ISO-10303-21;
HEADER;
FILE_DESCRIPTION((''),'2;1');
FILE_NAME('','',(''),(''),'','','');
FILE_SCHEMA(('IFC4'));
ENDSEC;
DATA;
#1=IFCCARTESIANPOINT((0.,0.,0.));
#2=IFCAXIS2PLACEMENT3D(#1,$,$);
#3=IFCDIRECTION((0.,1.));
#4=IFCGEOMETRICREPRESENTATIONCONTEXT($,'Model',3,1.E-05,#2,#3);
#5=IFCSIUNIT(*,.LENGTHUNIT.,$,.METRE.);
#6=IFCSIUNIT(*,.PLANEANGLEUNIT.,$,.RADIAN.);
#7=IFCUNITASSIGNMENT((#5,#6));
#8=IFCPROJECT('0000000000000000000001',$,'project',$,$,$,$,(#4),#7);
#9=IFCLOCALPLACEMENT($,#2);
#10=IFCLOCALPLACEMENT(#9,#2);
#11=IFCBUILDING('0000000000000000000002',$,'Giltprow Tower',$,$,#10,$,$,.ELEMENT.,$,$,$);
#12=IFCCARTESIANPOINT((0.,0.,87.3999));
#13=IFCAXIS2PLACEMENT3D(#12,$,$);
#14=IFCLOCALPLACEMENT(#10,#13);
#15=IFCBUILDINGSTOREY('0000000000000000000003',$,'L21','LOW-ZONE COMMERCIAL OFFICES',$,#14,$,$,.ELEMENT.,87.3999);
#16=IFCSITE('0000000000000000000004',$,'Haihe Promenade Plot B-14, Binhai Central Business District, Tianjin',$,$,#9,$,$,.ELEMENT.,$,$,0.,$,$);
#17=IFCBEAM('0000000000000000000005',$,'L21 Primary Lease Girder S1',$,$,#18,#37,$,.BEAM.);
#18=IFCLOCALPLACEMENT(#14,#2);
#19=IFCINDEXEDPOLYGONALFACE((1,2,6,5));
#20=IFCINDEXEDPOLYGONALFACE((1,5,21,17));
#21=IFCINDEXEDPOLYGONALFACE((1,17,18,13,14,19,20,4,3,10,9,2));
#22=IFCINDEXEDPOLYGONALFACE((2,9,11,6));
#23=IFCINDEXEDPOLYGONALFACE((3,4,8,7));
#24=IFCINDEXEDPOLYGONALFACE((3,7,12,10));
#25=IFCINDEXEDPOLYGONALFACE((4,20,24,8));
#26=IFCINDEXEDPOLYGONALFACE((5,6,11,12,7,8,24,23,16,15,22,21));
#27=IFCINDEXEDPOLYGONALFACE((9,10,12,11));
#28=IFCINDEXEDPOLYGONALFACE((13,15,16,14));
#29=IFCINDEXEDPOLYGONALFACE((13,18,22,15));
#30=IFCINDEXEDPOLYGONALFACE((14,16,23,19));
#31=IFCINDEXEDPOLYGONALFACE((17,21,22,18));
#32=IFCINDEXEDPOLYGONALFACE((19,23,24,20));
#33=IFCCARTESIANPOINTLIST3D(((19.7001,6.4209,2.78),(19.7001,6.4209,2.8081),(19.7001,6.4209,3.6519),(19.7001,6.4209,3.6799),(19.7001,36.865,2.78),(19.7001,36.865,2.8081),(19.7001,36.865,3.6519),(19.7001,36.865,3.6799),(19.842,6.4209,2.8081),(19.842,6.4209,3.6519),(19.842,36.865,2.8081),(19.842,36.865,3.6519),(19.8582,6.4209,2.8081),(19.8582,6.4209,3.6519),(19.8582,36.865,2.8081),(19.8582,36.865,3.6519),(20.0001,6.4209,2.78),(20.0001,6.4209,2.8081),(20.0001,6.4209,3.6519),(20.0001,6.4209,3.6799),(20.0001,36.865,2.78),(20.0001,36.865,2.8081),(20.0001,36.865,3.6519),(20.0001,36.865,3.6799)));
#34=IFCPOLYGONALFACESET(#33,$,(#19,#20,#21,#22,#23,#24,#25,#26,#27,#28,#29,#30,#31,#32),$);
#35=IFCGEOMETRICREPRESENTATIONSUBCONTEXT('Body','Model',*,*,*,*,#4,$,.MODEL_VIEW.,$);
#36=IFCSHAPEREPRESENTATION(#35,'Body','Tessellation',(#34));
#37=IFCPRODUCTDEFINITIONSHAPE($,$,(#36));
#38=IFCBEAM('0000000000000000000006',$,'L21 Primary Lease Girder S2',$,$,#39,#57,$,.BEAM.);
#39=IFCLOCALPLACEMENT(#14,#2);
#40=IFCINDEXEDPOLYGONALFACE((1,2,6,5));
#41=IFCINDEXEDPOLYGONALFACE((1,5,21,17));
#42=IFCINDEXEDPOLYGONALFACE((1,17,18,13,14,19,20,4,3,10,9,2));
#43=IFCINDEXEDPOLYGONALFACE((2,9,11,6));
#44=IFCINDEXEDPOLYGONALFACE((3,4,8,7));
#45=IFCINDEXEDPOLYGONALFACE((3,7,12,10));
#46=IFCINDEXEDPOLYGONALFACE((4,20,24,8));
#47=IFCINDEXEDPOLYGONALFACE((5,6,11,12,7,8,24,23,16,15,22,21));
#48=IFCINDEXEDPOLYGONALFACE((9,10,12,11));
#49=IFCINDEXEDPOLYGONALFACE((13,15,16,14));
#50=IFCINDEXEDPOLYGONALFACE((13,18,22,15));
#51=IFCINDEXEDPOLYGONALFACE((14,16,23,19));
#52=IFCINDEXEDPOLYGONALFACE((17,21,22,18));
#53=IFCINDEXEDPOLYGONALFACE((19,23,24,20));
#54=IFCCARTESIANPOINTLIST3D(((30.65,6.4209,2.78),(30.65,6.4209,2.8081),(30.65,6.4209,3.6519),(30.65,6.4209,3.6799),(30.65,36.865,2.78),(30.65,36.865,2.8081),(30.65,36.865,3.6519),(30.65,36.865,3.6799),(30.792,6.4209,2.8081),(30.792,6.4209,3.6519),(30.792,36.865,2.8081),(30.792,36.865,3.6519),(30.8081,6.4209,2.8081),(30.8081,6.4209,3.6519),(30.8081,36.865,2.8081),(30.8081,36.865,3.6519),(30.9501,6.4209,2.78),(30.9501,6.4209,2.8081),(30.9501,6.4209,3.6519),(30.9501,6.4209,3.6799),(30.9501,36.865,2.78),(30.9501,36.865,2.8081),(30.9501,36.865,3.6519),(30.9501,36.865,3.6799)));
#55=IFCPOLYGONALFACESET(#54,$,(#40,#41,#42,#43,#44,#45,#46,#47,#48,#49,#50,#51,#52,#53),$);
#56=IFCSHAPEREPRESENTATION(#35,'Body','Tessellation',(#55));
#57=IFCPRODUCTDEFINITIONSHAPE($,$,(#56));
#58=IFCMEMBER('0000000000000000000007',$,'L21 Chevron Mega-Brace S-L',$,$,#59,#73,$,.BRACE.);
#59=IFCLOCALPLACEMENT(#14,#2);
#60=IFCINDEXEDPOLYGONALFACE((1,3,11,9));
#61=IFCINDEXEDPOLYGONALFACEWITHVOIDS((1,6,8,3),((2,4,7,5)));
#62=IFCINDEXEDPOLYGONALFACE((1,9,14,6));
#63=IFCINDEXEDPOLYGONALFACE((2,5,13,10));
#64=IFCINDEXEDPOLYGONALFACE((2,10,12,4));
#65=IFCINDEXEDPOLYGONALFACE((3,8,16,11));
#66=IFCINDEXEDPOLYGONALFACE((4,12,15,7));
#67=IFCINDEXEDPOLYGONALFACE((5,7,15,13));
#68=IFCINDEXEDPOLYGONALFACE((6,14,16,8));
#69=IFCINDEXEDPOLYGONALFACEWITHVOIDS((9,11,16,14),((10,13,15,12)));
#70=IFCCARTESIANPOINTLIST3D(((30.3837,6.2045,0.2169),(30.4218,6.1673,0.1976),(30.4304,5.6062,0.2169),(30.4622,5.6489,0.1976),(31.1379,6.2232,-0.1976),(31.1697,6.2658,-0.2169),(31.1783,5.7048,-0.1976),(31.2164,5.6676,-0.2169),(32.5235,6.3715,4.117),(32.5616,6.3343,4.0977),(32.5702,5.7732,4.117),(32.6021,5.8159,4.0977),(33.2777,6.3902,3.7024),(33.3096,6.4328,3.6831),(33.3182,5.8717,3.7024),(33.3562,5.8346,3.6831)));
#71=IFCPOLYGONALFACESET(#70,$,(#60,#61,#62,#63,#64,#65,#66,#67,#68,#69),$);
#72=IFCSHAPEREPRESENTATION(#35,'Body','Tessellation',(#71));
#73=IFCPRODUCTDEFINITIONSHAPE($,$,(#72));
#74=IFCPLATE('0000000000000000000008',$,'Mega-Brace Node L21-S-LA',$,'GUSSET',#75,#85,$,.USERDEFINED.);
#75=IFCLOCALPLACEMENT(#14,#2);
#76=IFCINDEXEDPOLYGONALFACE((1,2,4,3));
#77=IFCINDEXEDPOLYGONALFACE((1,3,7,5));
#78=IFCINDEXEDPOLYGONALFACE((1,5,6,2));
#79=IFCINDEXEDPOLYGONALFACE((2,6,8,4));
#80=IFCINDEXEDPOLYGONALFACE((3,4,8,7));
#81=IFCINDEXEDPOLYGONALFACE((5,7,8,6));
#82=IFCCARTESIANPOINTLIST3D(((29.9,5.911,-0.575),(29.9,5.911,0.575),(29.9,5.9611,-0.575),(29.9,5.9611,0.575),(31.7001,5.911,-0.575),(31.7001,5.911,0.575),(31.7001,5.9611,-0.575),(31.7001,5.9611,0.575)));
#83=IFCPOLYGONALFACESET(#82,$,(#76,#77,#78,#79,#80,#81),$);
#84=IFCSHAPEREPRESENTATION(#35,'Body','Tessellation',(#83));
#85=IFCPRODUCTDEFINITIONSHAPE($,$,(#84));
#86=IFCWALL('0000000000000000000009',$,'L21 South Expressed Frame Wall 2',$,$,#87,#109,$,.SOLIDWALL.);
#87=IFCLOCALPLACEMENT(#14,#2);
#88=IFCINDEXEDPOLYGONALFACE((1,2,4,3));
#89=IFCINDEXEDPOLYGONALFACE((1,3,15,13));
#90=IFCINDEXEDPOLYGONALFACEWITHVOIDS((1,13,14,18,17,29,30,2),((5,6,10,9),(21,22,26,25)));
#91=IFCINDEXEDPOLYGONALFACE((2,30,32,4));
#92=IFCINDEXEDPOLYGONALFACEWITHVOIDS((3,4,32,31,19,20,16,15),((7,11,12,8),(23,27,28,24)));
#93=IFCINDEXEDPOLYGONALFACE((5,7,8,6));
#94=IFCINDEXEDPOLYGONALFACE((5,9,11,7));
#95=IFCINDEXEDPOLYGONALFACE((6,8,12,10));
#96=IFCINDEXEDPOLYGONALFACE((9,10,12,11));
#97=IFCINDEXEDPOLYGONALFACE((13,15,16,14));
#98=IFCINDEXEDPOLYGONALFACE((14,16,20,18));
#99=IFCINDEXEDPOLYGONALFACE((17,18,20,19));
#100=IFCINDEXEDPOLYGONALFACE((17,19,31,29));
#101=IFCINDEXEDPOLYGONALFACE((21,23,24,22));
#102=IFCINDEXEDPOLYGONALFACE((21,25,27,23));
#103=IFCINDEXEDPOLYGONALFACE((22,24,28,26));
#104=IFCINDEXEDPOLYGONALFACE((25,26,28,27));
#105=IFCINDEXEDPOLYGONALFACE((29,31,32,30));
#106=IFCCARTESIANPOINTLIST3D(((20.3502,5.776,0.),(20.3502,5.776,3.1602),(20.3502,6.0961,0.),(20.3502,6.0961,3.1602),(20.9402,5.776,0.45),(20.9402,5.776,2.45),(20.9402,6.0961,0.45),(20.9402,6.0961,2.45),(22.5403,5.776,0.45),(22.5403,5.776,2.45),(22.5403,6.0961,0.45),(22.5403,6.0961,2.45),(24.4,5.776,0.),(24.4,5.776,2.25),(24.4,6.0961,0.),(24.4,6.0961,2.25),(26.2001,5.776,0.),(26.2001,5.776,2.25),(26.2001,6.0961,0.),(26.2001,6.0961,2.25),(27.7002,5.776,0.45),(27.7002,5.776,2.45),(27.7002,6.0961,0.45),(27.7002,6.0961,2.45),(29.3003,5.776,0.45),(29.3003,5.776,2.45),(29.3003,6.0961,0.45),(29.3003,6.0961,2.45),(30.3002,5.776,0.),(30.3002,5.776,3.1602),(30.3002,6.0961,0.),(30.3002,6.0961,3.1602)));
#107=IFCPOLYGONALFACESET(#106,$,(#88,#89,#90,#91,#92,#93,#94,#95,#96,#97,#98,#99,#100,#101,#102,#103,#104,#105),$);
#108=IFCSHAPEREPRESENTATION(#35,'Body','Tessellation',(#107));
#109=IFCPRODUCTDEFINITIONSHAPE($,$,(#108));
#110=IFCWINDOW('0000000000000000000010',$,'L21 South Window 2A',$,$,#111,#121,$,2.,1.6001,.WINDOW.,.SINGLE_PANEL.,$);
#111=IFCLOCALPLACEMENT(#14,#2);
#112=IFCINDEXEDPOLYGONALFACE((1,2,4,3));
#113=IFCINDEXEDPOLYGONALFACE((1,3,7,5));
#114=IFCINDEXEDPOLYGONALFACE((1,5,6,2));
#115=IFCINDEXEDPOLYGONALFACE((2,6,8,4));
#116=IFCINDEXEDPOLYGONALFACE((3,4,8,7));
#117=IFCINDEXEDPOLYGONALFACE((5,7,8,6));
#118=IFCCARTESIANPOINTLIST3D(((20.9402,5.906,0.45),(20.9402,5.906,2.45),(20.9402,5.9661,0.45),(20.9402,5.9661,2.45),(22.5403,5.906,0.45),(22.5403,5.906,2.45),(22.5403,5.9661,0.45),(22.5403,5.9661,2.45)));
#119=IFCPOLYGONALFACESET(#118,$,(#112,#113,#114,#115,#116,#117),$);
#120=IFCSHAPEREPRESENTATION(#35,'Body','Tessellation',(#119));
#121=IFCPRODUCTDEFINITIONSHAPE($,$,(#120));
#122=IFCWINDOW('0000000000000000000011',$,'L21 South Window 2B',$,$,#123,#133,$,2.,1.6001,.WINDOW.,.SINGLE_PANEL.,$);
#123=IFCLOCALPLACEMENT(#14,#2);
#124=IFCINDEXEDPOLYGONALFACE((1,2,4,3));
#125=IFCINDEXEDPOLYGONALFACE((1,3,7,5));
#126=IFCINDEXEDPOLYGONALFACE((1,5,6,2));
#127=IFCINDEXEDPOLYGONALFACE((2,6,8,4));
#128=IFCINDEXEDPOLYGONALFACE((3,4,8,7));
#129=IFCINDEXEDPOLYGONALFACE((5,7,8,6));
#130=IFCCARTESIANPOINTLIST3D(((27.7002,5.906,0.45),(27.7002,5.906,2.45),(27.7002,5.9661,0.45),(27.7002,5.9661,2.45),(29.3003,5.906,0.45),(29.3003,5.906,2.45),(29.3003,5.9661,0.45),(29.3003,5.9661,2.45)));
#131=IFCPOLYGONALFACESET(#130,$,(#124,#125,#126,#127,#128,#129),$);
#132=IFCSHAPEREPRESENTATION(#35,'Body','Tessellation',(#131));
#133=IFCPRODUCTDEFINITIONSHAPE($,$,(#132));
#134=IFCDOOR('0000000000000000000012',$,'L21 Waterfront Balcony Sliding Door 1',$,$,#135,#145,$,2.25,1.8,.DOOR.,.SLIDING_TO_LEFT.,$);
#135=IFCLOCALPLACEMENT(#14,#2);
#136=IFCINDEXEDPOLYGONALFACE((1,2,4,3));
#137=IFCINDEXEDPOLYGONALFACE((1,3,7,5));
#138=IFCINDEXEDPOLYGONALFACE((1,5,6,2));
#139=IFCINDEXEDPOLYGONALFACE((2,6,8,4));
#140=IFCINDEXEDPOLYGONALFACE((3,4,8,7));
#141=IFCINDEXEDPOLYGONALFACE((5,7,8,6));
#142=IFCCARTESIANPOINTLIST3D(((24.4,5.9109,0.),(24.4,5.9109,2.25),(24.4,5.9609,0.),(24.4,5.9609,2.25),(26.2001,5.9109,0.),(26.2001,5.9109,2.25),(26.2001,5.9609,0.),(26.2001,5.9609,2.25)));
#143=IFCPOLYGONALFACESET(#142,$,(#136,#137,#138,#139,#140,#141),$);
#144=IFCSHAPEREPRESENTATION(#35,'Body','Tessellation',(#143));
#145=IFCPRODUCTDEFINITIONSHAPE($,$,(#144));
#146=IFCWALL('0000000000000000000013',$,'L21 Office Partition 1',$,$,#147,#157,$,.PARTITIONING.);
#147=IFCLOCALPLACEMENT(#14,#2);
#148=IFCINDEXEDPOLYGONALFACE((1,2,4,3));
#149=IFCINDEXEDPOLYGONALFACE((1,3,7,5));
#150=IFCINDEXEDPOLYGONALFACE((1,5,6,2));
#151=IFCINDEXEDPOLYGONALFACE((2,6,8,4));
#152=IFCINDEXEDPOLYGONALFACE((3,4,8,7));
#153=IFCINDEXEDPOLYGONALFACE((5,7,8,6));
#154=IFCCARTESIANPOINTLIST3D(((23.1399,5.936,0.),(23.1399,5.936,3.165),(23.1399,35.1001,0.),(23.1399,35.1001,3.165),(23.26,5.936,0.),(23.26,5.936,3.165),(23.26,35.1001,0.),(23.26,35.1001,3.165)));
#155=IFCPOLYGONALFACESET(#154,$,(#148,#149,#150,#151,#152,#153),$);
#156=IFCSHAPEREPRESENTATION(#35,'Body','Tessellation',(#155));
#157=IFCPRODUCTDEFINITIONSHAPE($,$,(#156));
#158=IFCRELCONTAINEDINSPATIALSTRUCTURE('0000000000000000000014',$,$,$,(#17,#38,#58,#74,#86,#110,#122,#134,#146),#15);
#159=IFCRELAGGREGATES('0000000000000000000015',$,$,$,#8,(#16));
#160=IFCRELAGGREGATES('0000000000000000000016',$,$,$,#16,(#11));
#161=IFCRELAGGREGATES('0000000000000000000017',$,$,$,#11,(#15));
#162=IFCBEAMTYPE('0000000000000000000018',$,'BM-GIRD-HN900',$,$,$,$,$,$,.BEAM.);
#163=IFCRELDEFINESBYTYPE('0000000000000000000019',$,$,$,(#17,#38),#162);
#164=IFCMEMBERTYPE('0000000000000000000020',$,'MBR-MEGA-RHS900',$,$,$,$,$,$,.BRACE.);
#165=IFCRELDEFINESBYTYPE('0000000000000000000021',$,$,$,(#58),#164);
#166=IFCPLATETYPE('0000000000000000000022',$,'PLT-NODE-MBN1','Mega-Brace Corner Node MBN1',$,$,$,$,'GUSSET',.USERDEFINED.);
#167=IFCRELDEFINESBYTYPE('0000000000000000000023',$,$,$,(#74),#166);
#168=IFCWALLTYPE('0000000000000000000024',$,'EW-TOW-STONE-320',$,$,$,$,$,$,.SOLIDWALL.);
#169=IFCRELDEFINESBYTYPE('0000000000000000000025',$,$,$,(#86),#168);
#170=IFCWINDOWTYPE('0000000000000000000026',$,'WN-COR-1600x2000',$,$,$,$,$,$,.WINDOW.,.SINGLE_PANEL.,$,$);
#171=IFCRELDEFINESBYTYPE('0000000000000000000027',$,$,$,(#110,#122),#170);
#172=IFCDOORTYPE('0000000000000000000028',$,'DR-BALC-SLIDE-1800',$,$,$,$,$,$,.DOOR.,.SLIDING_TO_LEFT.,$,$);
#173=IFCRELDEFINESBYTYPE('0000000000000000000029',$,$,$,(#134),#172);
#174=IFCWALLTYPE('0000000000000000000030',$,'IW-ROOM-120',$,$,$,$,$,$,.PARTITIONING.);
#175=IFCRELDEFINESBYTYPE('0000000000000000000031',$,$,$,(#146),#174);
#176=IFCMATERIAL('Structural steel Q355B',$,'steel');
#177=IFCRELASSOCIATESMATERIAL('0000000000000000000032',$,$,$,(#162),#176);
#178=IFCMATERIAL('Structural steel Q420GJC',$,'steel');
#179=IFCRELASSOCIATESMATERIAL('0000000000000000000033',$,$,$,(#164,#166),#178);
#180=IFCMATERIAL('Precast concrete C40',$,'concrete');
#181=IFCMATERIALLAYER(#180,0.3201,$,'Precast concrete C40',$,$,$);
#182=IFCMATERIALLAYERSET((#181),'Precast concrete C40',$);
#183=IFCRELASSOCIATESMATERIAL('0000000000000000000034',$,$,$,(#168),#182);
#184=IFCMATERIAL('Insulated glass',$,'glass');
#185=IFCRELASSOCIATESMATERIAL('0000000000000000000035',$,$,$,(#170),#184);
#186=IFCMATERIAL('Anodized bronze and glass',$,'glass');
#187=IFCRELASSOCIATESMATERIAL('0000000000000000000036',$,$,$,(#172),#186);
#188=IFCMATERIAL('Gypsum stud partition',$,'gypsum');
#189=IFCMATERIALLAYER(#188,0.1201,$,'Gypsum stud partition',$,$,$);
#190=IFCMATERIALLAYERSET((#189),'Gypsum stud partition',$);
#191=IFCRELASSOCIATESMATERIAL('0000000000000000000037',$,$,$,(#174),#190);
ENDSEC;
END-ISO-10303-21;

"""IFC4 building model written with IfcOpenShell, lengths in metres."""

from ifc_helpers import new_model, si_unit, direction, frame, frame_2d, origin, origin_2d, place, context, subcontext, project, spatial, rectangle, hollow_rectangle, i_section, extrude, source, transform, mapped, material, layer, layer_set, material_profile, profile_set, type_object, element, fill, save


model = new_model("IFC4")

# Units and contexts
model_context = context("Model", 3, precision=1e-05, world=origin(), true_north=direction((0.0, 1.0)))
body_context = subcontext(model_context, "Body", "Model", "MODEL_VIEW")
ifc_project = project(units=[si_unit("LENGTHUNIT", "METRE"), si_unit("PLANEANGLEUNIT", "RADIAN")], contexts=[model_context])

# Site, building, storey
site_placement = place(None, origin())
site = spatial("IfcSite", under=ifc_project, at=site_placement, Name="Haihe Promenade Plot B-14, Binhai Central Business District, Tianjin", CompositionType="ELEMENT", RefElevation=0.0)
building_placement = place(site_placement, origin())
building = spatial("IfcBuilding", under=site, at=building_placement, Name="Giltprow Tower", CompositionType="ELEMENT")
storey_placement = place(building_placement, frame((0.0, 0.0, 87.3999)))
storey = spatial("IfcBuildingStorey", under=building, at=storey_placement, Name="L21", Description="LOW-ZONE COMMERCIAL OFFICES", CompositionType="ELEMENT", Elevation=87.3999)

# Shared definitions
ifc_material_1 = material(Name="Structural steel Q420GJC", Category="steel")

# Beams
ifc_material_2 = material(Name="Structural steel Q355B", Category="steel")
ifc_material_profile_1 = material_profile(ifc_material_2, i_section(OverallWidth=0.3, OverallDepth=0.8999, WebThickness=0.0161, FlangeThickness=0.0281, at=origin_2d()), Name="HN 900x300x16x28")
ifc_profile_set_1 = profile_set([ifc_material_profile_1], Name="Structural steel Q355B")
beam_type_1 = type_object("IfcBeamType", Name="BM-GIRD-HN900", PredefinedType="BEAM", material=ifc_profile_set_1)
shared_shape_1 = source(origin(), body_context, "Body", "SweptSolid", [
    extrude(i_section(OverallWidth=0.3, OverallDepth=0.8999, WebThickness=0.0161, FlangeThickness=0.0281, at=origin_2d()), origin(), (0.0, 0.0, 1.0), 30.4441),
])
for number, where, z_axis, x_axis, name in (
    (1, (19.8501, 6.4209, 3.23), (0.0, 1.0, 0.0), (-1.0, 0.0, 0.0), "L21 Primary Lease Girder S1"),
    (2, (30.8, 6.4209, 3.23), (0.0, 1.0, 0.0), (-1.0, 0.0, 0.0), "L21 Primary Lease Girder S2"),
):
    element("IfcBeam", number, at=place(storey_placement, frame(where, z_axis=z_axis, x_axis=x_axis)), inside=storey, type_object=beam_type_1, Name=name, PredefinedType="BEAM", context=body_context, shape_type="MappedRepresentation", body=[
        mapped(shared_shape_1, transform((0.0, 0.0, 0.0), x_axis=(1.0, 0.0, 0.0), y_axis=(0.0, 1.0, 0.0), z_axis=(0.0, 0.0, 1.0), scale=1.0)),
    ])

# Member
ifc_material_profile_2 = material_profile(ifc_material_1, hollow_rectangle(XDim=0.6001, YDim=0.8999, WallThickness=0.04, at=origin_2d()), Name="RHS 900x600x40")
ifc_profile_set_2 = profile_set([ifc_material_profile_2], Name="Structural steel Q420GJC")
member_type = type_object("IfcMemberType", Name="MBR-MEGA-RHS900", PredefinedType="BRACE", material=ifc_profile_set_2)
shared_shape_2 = source(origin(), body_context, "Body", "SweptSolid", [
    extrude(hollow_rectangle(XDim=0.6001, YDim=0.8999, WallThickness=0.04, at=origin_2d()), origin(), (0.0, 0.0, 1.0), 4.4517),
])
member_placement = place(storey_placement, frame((30.8, 5.936, 0.0), z_axis=(0.480685, 0.037511, 0.876091), x_axis=(-0.077801, 0.996969, 0.0)))
element("IfcMember", 3, at=member_placement, inside=storey, type_object=member_type, Name="L21 Chevron Mega-Brace S-L", PredefinedType="BRACE", context=body_context, shape_type="MappedRepresentation", body=[
    mapped(shared_shape_2, transform((0.0, 0.0, 0.0), x_axis=(1.0, 0.0, 0.0), y_axis=(0.0, 1.0, 0.0), z_axis=(0.0, 0.0, 1.0), scale=1.0)),
])

# Plate
plate_type = type_object("IfcPlateType", Name="PLT-NODE-MBN1", Description="Mega-Brace Corner Node MBN1", ElementType="GUSSET", PredefinedType="USERDEFINED", material=ifc_material_1)
shared_shape_3 = source(origin(), body_context, "Body", "SweptSolid", [
    extrude(rectangle(XDim=1.8, YDim=0.05, at=origin_2d()), origin(), (0.0, 0.0, 1.0), 1.1499),
])
plate_placement = place(storey_placement, frame((30.8, 5.936, -0.575), z_axis=(0.0, 0.0, 1.0), x_axis=(1.0, 0.0, 0.0)))
element("IfcPlate", 4, at=plate_placement, inside=storey, type_object=plate_type, Name="Mega-Brace Node L21-S-LA", ObjectType="GUSSET", PredefinedType="USERDEFINED", context=body_context, shape_type="MappedRepresentation", body=[
    mapped(shared_shape_3, transform((0.0, 0.0, 0.0), x_axis=(1.0, 0.0, 0.0), y_axis=(0.0, 1.0, 0.0), z_axis=(0.0, 0.0, 1.0), scale=1.0)),
])

# Wall, openings, windows, door
ifc_material_3 = material(Name="Precast concrete C40", Category="concrete")
ifc_layer_1 = layer(ifc_material_3, 0.3201, Name="Precast concrete C40")
ifc_layer_set_1 = layer_set([ifc_layer_1], Name="Precast concrete C40")
wall_type_1 = type_object("IfcWallType", Name="EW-TOW-STONE-320", PredefinedType="SOLIDWALL", material=ifc_layer_set_1)
wall_1_placement = place(storey_placement, frame((20.3501, 5.936, 0.0), z_axis=(0.0, 0.0, 1.0), x_axis=(1.0, 0.0, 0.0)))
wall_1 = element("IfcWall", 5, at=wall_1_placement, inside=storey, type_object=wall_type_1, Name="L21 South Expressed Frame Wall 2", PredefinedType="SOLIDWALL", context=body_context, shape_type="SweptSolid", body=[
    extrude(rectangle(XDim=9.95, YDim=0.3201, at=frame_2d((4.9751, 0.0))), origin(), (0.0, 0.0, 1.0), 3.1602),
])
opening_1_placement = place(wall_1_placement, frame((4.05, 0.0, 0.0)))
opening_1 = element("IfcOpeningElement", 6, at=opening_1_placement, cuts=wall_1, PredefinedType="OPENING", context=body_context, shape_type="SweptSolid", body=[
    extrude(rectangle(XDim=1.8, YDim=2.25, at=frame_2d((0.8999, 1.125))), frame((0.0, 0.1699, 0.0), z_axis=(0.0, -1.0, 0.0), x_axis=(1.0, 0.0, 0.0)), (0.0, 0.0, 1.0), 0.3401),
])
opening_2_placement = place(wall_1_placement, frame((0.5901, 0.0, 0.45)))
opening_2 = element("IfcOpeningElement", 7, at=opening_2_placement, cuts=wall_1, PredefinedType="OPENING", context=body_context, shape_type="SweptSolid", body=[
    extrude(rectangle(XDim=1.6001, YDim=2.0, at=frame_2d((0.8, 1.0))), frame((0.0, 0.1699, 0.0), z_axis=(0.0, -1.0, 0.0), x_axis=(1.0, 0.0, 0.0)), (0.0, 0.0, 1.0), 0.3401),
])
opening_3_placement = place(wall_1_placement, frame((7.3501, 0.0, 0.45)))
opening_3 = element("IfcOpeningElement", 8, at=opening_3_placement, cuts=wall_1, PredefinedType="OPENING", context=body_context, shape_type="SweptSolid", body=[
    extrude(rectangle(XDim=1.6001, YDim=2.0, at=frame_2d((0.8, 1.0))), frame((0.0, 0.1699, 0.0), z_axis=(0.0, -1.0, 0.0), x_axis=(1.0, 0.0, 0.0)), (0.0, 0.0, 1.0), 0.3401),
])
ifc_material_4 = material(Name="Insulated glass", Category="glass")
window_type = type_object("IfcWindowType", Name="WN-COR-1600x2000", PartitioningType="SINGLE_PANEL", PredefinedType="WINDOW", material=ifc_material_4)
shared_shape_4 = source(origin(), body_context, "Body", "SweptSolid", [
    extrude(rectangle(XDim=1.6001, YDim=2.0, at=frame_2d((0.8, 1.0))), frame((0.0, 0.03, 0.0), z_axis=(0.0, -1.0, 0.0), x_axis=(1.0, 0.0, 0.0)), (0.0, 0.0, 1.0), 0.0601),
])
window_1_placement = place(opening_2_placement, origin())
window_1 = element("IfcWindow", 9, at=window_1_placement, inside=storey, type_object=window_type, Name="L21 South Window 2A", OverallHeight=2.0, OverallWidth=1.6001, PartitioningType="SINGLE_PANEL", PredefinedType="WINDOW", context=body_context, shape_type="MappedRepresentation", body=[
    mapped(shared_shape_4, transform((0.0, 0.0, 0.0), x_axis=(1.0, 0.0, 0.0), y_axis=(0.0, 1.0, 0.0), z_axis=(0.0, 0.0, 1.0), scale=1.0)),
])
fill(opening_2, window_1)
window_2_placement = place(opening_3_placement, origin())
window_2 = element("IfcWindow", 10, at=window_2_placement, inside=storey, type_object=window_type, Name="L21 South Window 2B", OverallHeight=2.0, OverallWidth=1.6001, PartitioningType="SINGLE_PANEL", PredefinedType="WINDOW", context=body_context, shape_type="MappedRepresentation", body=[
    mapped(shared_shape_4, transform((0.0, 0.0, 0.0), x_axis=(1.0, 0.0, 0.0), y_axis=(0.0, 1.0, 0.0), z_axis=(0.0, 0.0, 1.0), scale=1.0)),
])
fill(opening_3, window_2)
ifc_material_5 = material(Name="Anodized bronze and glass", Category="glass")
door_type_1 = type_object("IfcDoorType", Name="DR-BALC-SLIDE-1800", OperationType="SLIDING_TO_LEFT", PredefinedType="DOOR", material=ifc_material_5)
shared_shape_5 = source(origin(), body_context, "Body", "SweptSolid", [
    extrude(rectangle(XDim=1.8, YDim=2.25, at=frame_2d((0.8999, 1.125))), frame((0.0, 0.0249, 0.0), z_axis=(0.0, -1.0, 0.0), x_axis=(1.0, 0.0, 0.0)), (0.0, 0.0, 1.0), 0.05),
])
door_1_placement = place(opening_1_placement, origin())
door_1 = element("IfcDoor", 11, at=door_1_placement, inside=storey, type_object=door_type_1, Name="L21 Waterfront Balcony Sliding Door 1", OperationType="SLIDING_TO_LEFT", OverallHeight=2.25, OverallWidth=1.8, PredefinedType="DOOR", context=body_context, shape_type="MappedRepresentation", body=[
    mapped(shared_shape_5, transform((0.0, 0.0, 0.0), x_axis=(1.0, 0.0, 0.0), y_axis=(0.0, 1.0, 0.0), z_axis=(0.0, 0.0, 1.0), scale=1.0)),
])
fill(opening_1, door_1)

# Wall
ifc_material_6 = material(Name="Gypsum stud partition", Category="gypsum")
ifc_layer_2 = layer(ifc_material_6, 0.1201, Name="Gypsum stud partition")
ifc_layer_set_2 = layer_set([ifc_layer_2], Name="Gypsum stud partition")
wall_type_2 = type_object("IfcWallType", Name="IW-ROOM-120", PredefinedType="PARTITIONING", material=ifc_layer_set_2)
wall_2_placement = place(storey_placement, frame((23.2, 5.936, 0.0), z_axis=(0.0, 0.0, 1.0), x_axis=(0.0, 1.0, 0.0)))
element("IfcWall", 12, at=wall_2_placement, inside=storey, type_object=wall_type_2, Name="L21 Office Partition 1", PredefinedType="PARTITIONING", context=body_context, shape_type="SweptSolid", body=[
    extrude(rectangle(XDim=29.1641, YDim=0.1201, at=frame_2d((14.582, 0.0))), origin(), (0.0, 0.0, 1.0), 3.165),
])

save(model, "model.ifc")
